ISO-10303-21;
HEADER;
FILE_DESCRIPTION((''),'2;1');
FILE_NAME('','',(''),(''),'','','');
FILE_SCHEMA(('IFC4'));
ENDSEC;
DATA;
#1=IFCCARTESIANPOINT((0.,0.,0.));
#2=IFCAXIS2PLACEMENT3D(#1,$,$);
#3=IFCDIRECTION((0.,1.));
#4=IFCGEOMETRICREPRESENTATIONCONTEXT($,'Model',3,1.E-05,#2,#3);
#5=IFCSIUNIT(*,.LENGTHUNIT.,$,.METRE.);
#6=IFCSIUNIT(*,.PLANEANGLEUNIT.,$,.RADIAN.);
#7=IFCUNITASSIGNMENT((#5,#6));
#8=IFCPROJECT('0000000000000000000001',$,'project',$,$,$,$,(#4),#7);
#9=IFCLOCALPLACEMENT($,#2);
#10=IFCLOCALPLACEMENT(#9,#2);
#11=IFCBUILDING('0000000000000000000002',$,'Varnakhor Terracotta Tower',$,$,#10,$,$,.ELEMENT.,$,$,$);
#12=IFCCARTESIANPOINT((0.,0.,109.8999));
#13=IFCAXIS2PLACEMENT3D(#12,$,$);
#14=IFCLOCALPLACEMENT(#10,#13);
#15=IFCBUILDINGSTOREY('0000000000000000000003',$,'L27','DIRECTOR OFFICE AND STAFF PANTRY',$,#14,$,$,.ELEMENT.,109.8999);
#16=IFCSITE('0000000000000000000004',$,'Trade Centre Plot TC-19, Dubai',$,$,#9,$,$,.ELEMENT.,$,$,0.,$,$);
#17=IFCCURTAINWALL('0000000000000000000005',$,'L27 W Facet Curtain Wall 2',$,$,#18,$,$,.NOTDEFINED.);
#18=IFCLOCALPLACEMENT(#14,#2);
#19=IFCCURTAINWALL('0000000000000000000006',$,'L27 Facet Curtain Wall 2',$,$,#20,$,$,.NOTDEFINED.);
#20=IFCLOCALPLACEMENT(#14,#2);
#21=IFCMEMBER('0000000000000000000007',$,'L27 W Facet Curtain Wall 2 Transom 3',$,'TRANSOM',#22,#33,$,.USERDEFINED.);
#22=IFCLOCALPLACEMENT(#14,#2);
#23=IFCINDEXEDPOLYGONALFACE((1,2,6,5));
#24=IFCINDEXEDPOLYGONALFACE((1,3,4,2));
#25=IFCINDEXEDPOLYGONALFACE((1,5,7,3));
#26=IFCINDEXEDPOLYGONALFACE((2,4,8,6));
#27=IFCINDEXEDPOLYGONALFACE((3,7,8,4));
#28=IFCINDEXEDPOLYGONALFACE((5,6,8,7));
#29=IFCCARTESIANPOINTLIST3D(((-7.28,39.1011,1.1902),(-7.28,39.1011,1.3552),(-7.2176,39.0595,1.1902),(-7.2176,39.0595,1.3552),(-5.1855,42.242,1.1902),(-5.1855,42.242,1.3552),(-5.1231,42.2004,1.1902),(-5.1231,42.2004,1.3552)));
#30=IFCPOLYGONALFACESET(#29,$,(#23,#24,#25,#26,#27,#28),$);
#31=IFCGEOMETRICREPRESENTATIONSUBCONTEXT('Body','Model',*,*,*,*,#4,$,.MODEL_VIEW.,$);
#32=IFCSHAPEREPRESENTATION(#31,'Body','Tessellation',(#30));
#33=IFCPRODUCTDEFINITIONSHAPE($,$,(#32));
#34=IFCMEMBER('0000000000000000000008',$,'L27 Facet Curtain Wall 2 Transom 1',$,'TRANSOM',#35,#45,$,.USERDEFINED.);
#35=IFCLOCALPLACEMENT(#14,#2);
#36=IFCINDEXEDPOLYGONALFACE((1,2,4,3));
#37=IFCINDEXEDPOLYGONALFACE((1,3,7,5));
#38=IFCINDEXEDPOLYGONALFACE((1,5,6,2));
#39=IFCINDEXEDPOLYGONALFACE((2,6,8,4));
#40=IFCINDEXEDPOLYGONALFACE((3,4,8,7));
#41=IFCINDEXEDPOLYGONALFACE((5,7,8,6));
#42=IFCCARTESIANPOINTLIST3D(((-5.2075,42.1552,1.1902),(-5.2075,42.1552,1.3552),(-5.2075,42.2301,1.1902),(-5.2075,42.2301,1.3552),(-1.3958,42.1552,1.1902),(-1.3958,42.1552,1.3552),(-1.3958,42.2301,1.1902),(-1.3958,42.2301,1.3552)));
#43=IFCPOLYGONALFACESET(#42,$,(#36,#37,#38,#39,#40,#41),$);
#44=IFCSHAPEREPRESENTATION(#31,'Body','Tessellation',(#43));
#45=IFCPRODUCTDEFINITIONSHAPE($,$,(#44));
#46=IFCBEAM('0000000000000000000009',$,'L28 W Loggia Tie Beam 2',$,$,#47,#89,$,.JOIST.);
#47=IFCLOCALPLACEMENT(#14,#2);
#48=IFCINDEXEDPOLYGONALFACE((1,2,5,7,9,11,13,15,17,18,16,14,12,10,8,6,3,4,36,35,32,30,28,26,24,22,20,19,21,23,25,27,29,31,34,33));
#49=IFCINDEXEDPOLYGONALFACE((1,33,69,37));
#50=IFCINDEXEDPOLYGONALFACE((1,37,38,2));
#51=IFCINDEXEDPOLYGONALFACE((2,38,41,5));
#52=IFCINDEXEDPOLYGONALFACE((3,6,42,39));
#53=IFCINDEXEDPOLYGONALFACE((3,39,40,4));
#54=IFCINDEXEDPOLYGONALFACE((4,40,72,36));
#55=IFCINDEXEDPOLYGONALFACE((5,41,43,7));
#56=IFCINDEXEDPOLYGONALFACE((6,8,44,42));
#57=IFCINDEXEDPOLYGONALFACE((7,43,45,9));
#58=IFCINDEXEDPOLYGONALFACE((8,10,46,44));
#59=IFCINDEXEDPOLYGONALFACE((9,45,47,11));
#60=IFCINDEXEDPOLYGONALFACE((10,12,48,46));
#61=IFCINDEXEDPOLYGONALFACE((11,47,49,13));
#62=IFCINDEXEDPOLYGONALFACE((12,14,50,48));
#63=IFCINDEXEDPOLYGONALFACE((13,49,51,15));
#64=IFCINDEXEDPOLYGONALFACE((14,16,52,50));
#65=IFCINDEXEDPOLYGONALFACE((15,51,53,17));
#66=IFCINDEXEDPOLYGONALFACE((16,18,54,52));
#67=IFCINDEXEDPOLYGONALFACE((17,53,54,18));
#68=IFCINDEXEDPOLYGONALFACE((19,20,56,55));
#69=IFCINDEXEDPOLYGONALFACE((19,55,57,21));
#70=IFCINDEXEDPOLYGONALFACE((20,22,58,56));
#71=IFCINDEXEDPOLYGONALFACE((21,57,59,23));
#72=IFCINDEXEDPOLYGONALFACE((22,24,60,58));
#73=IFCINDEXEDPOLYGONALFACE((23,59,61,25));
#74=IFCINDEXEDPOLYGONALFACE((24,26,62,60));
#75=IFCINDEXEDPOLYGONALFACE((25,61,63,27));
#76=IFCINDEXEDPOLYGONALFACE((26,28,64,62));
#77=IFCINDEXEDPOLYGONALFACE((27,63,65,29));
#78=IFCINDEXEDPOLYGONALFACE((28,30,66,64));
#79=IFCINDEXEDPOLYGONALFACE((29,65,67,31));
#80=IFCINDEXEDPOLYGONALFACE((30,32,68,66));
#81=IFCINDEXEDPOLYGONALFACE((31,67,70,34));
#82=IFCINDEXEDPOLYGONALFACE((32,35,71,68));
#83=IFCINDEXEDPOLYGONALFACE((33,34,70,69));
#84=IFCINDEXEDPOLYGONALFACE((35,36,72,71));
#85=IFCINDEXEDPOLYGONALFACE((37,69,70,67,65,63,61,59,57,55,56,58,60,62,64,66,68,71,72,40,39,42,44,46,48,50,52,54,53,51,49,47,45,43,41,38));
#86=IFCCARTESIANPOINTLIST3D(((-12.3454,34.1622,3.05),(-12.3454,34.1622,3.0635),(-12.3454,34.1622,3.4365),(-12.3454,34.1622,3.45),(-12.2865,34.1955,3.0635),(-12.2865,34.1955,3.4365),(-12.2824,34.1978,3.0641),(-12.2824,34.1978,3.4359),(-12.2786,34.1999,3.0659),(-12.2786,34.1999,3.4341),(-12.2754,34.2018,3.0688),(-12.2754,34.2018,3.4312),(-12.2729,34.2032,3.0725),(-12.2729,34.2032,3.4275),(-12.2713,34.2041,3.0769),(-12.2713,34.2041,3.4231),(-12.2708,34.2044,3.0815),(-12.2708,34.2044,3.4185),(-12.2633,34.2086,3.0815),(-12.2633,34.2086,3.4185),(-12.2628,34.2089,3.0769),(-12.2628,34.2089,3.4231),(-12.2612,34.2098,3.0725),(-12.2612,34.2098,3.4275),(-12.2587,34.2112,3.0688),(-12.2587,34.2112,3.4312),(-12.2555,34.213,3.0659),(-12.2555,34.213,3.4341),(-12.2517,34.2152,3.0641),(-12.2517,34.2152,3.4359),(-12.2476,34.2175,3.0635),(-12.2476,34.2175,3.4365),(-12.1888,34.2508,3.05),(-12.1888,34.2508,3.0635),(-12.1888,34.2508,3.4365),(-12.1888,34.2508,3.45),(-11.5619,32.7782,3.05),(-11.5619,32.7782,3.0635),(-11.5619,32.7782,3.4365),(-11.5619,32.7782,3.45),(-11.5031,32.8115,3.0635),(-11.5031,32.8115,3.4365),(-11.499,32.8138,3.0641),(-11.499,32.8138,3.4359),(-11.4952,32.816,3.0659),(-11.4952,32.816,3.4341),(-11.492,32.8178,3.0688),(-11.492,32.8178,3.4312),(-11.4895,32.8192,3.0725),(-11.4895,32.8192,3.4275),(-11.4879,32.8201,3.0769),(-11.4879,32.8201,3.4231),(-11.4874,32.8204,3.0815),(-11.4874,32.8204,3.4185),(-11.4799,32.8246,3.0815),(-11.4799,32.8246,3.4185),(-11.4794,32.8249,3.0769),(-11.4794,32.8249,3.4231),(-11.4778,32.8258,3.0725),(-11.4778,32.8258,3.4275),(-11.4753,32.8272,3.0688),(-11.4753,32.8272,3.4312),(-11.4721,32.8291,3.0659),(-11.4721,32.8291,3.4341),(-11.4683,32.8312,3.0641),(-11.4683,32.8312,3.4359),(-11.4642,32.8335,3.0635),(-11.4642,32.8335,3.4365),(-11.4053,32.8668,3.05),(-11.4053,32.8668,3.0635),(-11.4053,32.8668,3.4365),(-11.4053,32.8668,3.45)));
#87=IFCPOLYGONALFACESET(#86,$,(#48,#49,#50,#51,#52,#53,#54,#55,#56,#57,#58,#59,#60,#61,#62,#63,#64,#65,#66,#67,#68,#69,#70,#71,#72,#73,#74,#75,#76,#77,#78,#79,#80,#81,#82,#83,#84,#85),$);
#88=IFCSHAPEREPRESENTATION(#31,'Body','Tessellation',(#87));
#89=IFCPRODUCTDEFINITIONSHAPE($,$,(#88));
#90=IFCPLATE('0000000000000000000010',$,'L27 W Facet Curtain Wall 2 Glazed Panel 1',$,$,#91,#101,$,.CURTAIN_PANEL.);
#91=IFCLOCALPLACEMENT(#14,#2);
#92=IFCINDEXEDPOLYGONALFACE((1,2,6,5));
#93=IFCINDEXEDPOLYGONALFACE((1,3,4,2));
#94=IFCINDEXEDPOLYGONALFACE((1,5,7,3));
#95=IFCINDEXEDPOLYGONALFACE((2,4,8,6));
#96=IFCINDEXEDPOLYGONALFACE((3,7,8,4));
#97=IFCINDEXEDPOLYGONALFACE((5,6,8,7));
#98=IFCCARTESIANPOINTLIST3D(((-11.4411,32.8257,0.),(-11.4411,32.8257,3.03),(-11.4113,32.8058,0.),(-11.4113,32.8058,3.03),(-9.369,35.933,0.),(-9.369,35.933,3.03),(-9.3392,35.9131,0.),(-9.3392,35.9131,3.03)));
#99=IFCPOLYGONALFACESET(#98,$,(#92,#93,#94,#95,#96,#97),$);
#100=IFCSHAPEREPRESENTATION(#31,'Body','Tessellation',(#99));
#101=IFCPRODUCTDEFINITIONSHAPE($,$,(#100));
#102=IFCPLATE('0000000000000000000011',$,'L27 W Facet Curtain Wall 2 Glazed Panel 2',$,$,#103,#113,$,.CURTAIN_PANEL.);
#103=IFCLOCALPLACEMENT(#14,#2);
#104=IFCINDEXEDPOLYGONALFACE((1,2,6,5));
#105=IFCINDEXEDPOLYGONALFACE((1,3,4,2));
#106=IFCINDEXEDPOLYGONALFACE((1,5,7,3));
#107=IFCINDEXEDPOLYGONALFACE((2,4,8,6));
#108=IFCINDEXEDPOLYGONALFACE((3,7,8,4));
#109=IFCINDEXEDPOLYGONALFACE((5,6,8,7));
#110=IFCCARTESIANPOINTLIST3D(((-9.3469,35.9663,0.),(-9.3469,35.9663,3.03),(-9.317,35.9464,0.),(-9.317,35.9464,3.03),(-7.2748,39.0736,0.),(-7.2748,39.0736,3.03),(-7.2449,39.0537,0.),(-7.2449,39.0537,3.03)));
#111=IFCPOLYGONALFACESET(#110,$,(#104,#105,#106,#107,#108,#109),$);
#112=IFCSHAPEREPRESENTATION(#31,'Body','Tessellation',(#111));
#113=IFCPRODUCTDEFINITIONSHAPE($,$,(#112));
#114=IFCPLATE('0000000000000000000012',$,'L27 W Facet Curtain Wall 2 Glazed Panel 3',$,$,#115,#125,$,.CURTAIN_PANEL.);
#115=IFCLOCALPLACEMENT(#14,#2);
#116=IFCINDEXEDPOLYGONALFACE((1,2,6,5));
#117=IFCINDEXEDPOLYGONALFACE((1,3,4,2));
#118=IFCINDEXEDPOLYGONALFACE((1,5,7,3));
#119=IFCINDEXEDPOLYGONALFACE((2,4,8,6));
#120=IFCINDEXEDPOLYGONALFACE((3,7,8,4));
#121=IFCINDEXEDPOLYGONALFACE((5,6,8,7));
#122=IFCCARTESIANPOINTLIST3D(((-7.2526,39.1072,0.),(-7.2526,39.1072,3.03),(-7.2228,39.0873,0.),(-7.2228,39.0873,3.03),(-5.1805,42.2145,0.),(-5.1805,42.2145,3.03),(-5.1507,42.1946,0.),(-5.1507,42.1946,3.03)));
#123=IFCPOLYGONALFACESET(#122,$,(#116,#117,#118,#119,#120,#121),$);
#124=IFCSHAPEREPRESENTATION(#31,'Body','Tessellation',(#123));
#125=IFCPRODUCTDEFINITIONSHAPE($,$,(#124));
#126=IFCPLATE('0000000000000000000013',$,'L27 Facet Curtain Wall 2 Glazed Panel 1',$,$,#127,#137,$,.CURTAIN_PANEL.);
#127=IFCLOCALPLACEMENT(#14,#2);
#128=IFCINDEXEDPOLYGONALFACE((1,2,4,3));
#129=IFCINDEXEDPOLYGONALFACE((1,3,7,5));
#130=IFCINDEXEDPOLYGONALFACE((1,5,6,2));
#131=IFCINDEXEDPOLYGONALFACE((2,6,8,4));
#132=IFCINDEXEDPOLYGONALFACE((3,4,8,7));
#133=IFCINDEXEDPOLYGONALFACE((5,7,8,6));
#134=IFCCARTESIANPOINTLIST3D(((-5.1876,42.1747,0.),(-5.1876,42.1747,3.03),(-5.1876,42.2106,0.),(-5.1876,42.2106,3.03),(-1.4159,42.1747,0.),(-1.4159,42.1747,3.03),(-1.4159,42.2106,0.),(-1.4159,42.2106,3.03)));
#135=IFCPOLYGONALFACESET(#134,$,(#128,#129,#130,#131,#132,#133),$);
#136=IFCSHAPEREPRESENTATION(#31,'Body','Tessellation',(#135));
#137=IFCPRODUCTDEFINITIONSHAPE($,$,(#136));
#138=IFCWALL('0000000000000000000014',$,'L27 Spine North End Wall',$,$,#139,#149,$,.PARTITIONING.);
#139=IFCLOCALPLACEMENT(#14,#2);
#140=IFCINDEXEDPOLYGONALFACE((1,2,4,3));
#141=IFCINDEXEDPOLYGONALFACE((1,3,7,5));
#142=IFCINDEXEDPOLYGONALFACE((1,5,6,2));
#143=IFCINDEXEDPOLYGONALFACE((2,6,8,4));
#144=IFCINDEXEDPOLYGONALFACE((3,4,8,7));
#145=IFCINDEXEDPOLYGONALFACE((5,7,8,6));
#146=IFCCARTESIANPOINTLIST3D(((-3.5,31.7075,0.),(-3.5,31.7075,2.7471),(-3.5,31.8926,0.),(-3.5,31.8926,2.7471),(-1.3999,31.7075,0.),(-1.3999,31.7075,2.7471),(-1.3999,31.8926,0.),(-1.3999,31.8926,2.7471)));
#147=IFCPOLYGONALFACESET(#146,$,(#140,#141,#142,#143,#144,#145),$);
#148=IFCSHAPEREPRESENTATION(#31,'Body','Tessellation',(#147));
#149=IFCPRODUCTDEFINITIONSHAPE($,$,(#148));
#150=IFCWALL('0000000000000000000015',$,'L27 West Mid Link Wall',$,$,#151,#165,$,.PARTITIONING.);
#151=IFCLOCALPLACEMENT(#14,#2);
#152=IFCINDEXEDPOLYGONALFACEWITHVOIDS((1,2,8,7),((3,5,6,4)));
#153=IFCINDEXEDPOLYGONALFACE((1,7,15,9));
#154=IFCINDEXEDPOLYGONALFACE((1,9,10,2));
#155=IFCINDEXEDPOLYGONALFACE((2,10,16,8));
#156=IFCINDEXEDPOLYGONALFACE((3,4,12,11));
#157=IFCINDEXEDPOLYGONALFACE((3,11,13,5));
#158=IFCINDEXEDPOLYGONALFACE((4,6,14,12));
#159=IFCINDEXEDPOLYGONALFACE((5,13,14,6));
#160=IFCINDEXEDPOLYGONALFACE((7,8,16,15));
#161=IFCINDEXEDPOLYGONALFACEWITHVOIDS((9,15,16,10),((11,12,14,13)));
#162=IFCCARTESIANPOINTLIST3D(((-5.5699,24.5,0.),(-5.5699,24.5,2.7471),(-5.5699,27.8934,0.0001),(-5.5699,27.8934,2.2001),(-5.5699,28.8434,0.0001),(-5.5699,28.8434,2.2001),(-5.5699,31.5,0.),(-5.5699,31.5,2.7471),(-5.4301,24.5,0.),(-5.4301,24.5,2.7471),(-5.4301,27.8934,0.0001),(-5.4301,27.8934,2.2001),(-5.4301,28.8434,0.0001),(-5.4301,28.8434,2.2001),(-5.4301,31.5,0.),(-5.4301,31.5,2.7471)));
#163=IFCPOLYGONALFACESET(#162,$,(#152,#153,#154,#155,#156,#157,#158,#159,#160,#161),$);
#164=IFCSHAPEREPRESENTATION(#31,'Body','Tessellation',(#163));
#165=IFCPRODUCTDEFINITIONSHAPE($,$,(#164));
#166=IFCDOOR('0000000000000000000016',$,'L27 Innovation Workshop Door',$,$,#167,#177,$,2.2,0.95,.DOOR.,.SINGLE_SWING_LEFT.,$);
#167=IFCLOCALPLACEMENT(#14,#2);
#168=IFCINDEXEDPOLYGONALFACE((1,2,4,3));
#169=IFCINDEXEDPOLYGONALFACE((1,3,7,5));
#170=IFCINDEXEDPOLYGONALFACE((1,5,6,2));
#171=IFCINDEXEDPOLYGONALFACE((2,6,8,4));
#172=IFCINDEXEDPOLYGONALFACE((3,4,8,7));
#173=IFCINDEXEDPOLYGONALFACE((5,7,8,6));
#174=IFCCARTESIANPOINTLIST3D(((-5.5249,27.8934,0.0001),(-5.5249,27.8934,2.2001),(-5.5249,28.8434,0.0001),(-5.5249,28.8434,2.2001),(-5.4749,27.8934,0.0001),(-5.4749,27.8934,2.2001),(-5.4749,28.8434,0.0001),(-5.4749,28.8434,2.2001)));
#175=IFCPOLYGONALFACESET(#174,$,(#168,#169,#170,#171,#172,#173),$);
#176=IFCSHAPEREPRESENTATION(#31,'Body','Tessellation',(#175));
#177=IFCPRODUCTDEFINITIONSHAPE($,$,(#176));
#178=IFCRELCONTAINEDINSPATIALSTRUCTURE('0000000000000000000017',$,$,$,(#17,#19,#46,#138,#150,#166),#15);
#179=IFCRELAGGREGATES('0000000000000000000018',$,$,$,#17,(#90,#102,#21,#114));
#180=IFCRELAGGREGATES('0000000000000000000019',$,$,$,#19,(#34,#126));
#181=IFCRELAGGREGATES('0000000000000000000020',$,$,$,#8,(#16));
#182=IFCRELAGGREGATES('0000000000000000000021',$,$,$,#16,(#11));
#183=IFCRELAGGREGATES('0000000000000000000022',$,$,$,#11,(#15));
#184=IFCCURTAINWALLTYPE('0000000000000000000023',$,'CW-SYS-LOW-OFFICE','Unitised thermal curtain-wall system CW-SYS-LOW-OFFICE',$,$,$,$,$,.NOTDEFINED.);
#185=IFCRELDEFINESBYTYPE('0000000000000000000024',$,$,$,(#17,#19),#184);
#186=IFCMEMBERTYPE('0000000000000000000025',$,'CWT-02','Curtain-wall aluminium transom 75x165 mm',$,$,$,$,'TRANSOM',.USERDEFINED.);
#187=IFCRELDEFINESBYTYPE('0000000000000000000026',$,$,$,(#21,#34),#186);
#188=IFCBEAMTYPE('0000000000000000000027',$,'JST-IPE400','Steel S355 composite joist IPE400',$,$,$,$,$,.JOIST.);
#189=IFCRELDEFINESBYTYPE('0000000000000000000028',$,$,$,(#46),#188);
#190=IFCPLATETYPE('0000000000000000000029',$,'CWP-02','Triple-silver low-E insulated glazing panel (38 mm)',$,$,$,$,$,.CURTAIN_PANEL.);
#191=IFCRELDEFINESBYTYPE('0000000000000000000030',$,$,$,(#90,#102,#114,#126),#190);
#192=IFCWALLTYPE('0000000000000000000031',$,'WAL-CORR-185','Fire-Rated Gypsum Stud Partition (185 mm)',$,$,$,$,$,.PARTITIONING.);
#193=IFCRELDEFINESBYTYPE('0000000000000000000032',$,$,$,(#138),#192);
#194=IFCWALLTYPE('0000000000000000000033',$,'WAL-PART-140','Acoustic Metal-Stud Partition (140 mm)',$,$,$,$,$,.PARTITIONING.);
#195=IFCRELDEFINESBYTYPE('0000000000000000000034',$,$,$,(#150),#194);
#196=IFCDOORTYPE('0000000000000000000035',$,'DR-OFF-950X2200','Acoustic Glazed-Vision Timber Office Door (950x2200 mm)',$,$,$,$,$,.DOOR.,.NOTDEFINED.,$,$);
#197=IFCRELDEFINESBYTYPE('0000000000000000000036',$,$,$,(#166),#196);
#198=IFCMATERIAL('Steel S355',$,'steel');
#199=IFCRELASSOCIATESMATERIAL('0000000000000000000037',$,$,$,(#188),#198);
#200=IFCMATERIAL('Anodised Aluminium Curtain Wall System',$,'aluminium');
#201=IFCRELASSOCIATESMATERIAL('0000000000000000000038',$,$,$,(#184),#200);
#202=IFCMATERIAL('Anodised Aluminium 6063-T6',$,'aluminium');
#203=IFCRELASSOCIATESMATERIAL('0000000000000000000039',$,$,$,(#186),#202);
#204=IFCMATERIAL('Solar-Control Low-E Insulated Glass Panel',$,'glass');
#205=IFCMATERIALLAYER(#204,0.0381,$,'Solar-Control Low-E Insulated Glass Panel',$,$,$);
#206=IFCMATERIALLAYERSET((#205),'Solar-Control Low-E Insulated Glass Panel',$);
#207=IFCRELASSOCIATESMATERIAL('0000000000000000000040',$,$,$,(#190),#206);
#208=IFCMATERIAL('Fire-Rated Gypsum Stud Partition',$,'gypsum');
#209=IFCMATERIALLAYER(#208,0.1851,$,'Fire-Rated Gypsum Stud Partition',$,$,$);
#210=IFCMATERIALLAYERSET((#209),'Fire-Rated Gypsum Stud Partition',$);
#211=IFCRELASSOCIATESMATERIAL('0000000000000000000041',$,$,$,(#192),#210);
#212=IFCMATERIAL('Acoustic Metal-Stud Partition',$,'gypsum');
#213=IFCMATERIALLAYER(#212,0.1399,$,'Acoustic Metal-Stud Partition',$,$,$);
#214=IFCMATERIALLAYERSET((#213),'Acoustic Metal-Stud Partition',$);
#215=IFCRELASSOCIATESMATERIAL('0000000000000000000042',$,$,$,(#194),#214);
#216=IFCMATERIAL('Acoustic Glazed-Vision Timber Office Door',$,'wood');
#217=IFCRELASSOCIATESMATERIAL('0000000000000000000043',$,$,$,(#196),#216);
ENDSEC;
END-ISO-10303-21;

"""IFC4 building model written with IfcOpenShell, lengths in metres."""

from ifc_helpers import new_model, si_unit, direction, frame, frame_2d, origin, origin_2d, place, context, subcontext, project, spatial, rectangle, i_section, extrude, source, transform, mapped, material, layer, layer_set, material_profile, profile_set, type_object, type_shapes, element, fill, aggregate, save


model = new_model("IFC4")

# Units and contexts
model_context = context("Model", 3, precision=1e-05, world=origin(), true_north=direction((0.0, 1.0)))
body_context = subcontext(model_context, "Body", "Model", "MODEL_VIEW")
ifc_project = project(units=[si_unit("LENGTHUNIT", "METRE"), si_unit("PLANEANGLEUNIT", "RADIAN")], contexts=[model_context])

# Site, building, storey
site_placement = place(None, origin())
site = spatial("IfcSite", under=ifc_project, at=site_placement, Name="Trade Centre Plot TC-19, Dubai", CompositionType="ELEMENT", RefElevation=0.0)
building_placement = place(site_placement, origin())
building = spatial("IfcBuilding", under=site, at=building_placement, Name="Varnakhor Terracotta Tower", CompositionType="ELEMENT")
storey_placement = place(building_placement, frame((0.0, 0.0, 109.8999)))
storey = spatial("IfcBuildingStorey", under=building, at=storey_placement, Name="L27", Description="DIRECTOR OFFICE AND STAFF PANTRY", CompositionType="ELEMENT", Elevation=109.8999)

# Shared definitions
ifc_material_1 = material(Name="Steel S355", Category="steel")
ifc_material_profile_1 = material_profile(ifc_material_1, i_section(OverallWidth=0.1799, OverallDepth=0.3999, WebThickness=0.0085, FlangeThickness=0.0134, FilletRadius=0.0181, at=origin_2d()), Name="IPE400")
ifc_profile_set_1 = profile_set([ifc_material_profile_1], Name="Steel S355")
beam_type_1 = type_object("IfcBeamType", Name="JST-IPE400", Description="Steel S355 composite joist IPE400", PredefinedType="JOIST", material=ifc_profile_set_1)

# Curtain wall
ifc_material_2 = material(Name="Anodised Aluminium Curtain Wall System", Category="aluminium")
curtain_wall_type = type_object("IfcCurtainWallType", Name="CW-SYS-LOW-OFFICE", Description="Unitised thermal curtain-wall system CW-SYS-LOW-OFFICE", PredefinedType="NOTDEFINED", material=ifc_material_2)
curtain_wall_1_placement = place(storey_placement, origin())
curtain_wall_1 = element("IfcCurtainWall", 1, at=curtain_wall_1_placement, inside=storey, type_object=curtain_wall_type, Name="L27 W Facet Curtain Wall 2", PredefinedType="NOTDEFINED")
ifc_material_3 = material(Name="Anodised Aluminium 6063-T6", Category="aluminium")

# Curtain wall
curtain_wall_2_placement = place(storey_placement, origin())
curtain_wall_2 = element("IfcCurtainWall", 2, at=curtain_wall_2_placement, inside=storey, type_object=curtain_wall_type, Name="L27 Facet Curtain Wall 2", PredefinedType="NOTDEFINED")

# Members
ifc_material_profile_2 = material_profile(ifc_material_3, rectangle(XDim=0.075, YDim=0.165, at=origin_2d()), Name="ALU TRANSOM 75x165")
ifc_profile_set_2 = profile_set([ifc_material_profile_2], Name="Anodised Aluminium 6063-T6")
member_type_1 = type_object("IfcMemberType", Name="CWT-02", Description="Curtain-wall aluminium transom 75x165 mm", ElementType="TRANSOM", PredefinedType="USERDEFINED", material=ifc_profile_set_2)
shared_shape_1 = source(origin(), body_context, "Body", "SweptSolid", [
    extrude(rectangle(XDim=0.075, YDim=0.165, at=origin_2d()), origin(), (0.0, 0.0, 1.0), 3.7751),
])
member_1_placement = place(storey_placement, frame((-7.2488, 39.0803, 1.2727), z_axis=(0.554805, 0.831981, 0.0), x_axis=(-0.831981, 0.554805, 0.0)))
member_1 = element("IfcMember", 3, at=member_1_placement, type_object=member_type_1, Name="L27 W Facet Curtain Wall 2 Transom 3", ObjectType="TRANSOM", PredefinedType="USERDEFINED", context=body_context, shape_type="MappedRepresentation", body=[
    mapped(shared_shape_1, transform((0.0, 0.0, 0.0), scale=1.0)),
])
shared_shape_2 = source(origin(), body_context, "Body", "SweptSolid", [
    extrude(rectangle(XDim=0.075, YDim=0.165, at=origin_2d()), origin(), (0.0, 0.0, 1.0), 3.8118),
])
member_2_placement = place(storey_placement, frame((-5.2075, 42.1926, 1.2727), z_axis=(1.0, 0.0, 0.0), x_axis=(0.0, 1.0, 0.0)))
member_2 = element("IfcMember", 4, at=member_2_placement, type_object=member_type_1, Name="L27 Facet Curtain Wall 2 Transom 1", ObjectType="TRANSOM", PredefinedType="USERDEFINED", context=body_context, shape_type="MappedRepresentation", body=[
    mapped(shared_shape_2, transform((0.0, 0.0, 0.0), scale=1.0)),
])

# Beam
shared_shape_3 = source(origin(), body_context, "Body", "SweptSolid", [
    extrude(i_section(OverallWidth=0.1799, OverallDepth=0.3999, WebThickness=0.0085, FlangeThickness=0.0134, FilletRadius=0.0181, at=origin_2d()), origin(), (0.0, 0.0, 1.0), 1.5903),
])
beam_1_placement = place(storey_placement, frame((-11.4836, 32.8225, 3.25), z_axis=(-0.492614, 0.870248, 0.0), x_axis=(-0.870248, -0.492614, 0.0)))
element("IfcBeam", 5, at=beam_1_placement, inside=storey, type_object=beam_type_1, Name="L28 W Loggia Tie Beam 2", PredefinedType="JOIST", context=body_context, shape_type="MappedRepresentation", body=[
    mapped(shared_shape_3, transform((0.0, 0.0, 0.0), scale=1.0)),
])

# Plates
ifc_material_4 = material(Name="Solar-Control Low-E Insulated Glass Panel", Category="glass")
ifc_layer_1 = layer(ifc_material_4, 0.0381, Name="Solar-Control Low-E Insulated Glass Panel")
ifc_layer_set_1 = layer_set([ifc_layer_1], Name="Solar-Control Low-E Insulated Glass Panel")
plate_type = type_object("IfcPlateType", Name="CWP-02", Description="Triple-silver low-E insulated glazing panel (38 mm)", PredefinedType="CURTAIN_PANEL", material=ifc_layer_set_1)
shared_shape_4 = source(origin(), body_context, "Body", "SweptSolid", [
    extrude(rectangle(XDim=3.7349, YDim=0.0359, at=origin_2d()), origin(), (0.0, 0.0, 1.0), 3.03),
])
plate_1_placement = place(storey_placement, frame((-10.3901, 34.3694, 0.0), z_axis=(0.0, 0.0, 1.0), x_axis=(0.554801, 0.831983, 0.0)))
plate_1 = element("IfcPlate", 6, at=plate_1_placement, type_object=plate_type, Name="L27 W Facet Curtain Wall 2 Glazed Panel 1", PredefinedType="CURTAIN_PANEL", context=body_context, shape_type="MappedRepresentation", body=[
    mapped(shared_shape_4, transform((0.0, 0.0, 0.0), scale=1.0)),
])
plate_2_placement = place(storey_placement, frame((-8.2959, 37.51, 0.0), z_axis=(0.0, 0.0, 1.0), x_axis=(0.554801, 0.831983, 0.0)))
plate_2 = element("IfcPlate", 7, at=plate_2_placement, type_object=plate_type, Name="L27 W Facet Curtain Wall 2 Glazed Panel 2", PredefinedType="CURTAIN_PANEL", context=body_context, shape_type="MappedRepresentation", body=[
    mapped(shared_shape_4, transform((0.0, 0.0, 0.0), scale=1.0)),
])
plate_3_placement = place(storey_placement, frame((-6.2017, 40.6509, 0.0), z_axis=(0.0, 0.0, 1.0), x_axis=(0.554801, 0.831983, 0.0)))
plate_3 = element("IfcPlate", 8, at=plate_3_placement, type_object=plate_type, Name="L27 W Facet Curtain Wall 2 Glazed Panel 3", PredefinedType="CURTAIN_PANEL", context=body_context, shape_type="MappedRepresentation", body=[
    mapped(shared_shape_4, transform((0.0, 0.0, 0.0), scale=1.0)),
])
aggregate(curtain_wall_1, [plate_1, plate_2, member_1, plate_3])
shared_shape_5 = source(origin(), body_context, "Body", "SweptSolid", [
    extrude(rectangle(XDim=3.7717, YDim=0.0359, at=origin_2d()), origin(), (0.0, 0.0, 1.0), 3.03),
])
plate_4_placement = place(storey_placement, frame((-3.3018, 42.1926, 0.0), z_axis=(0.0, 0.0, 1.0), x_axis=(1.0, 0.0, 0.0)))
plate_4 = element("IfcPlate", 9, at=plate_4_placement, type_object=plate_type, Name="L27 Facet Curtain Wall 2 Glazed Panel 1", PredefinedType="CURTAIN_PANEL", context=body_context, shape_type="MappedRepresentation", body=[
    mapped(shared_shape_5, transform((0.0, 0.0, 0.0), scale=1.0)),
])
aggregate(curtain_wall_2, [member_2, plate_4])

# Wall
ifc_material_5 = material(Name="Fire-Rated Gypsum Stud Partition", Category="gypsum")
ifc_layer_2 = layer(ifc_material_5, 0.1851, Name="Fire-Rated Gypsum Stud Partition")
ifc_layer_set_2 = layer_set([ifc_layer_2], Name="Fire-Rated Gypsum Stud Partition")
wall_type_1 = type_object("IfcWallType", Name="WAL-CORR-185", Description="Fire-Rated Gypsum Stud Partition (185 mm)", PredefinedType="PARTITIONING", material=ifc_layer_set_2)
wall_1_placement = place(storey_placement, frame((-3.5, 31.8, 0.0), z_axis=(0.0, 0.0, 1.0), x_axis=(1.0, 0.0, 0.0)))
element("IfcWall", 10, at=wall_1_placement, inside=storey, type_object=wall_type_1, Name="L27 Spine North End Wall", PredefinedType="PARTITIONING", context=body_context, shape_type="SweptSolid", body=[
    extrude(rectangle(XDim=2.1001, YDim=0.1851, at=frame_2d((1.05, 0.0))), origin(), (0.0, 0.0, 1.0), 2.7471),
])

# Wall, opening, door
ifc_material_6 = material(Name="Acoustic Metal-Stud Partition", Category="gypsum")
ifc_layer_3 = layer(ifc_material_6, 0.1399, Name="Acoustic Metal-Stud Partition")
ifc_layer_set_3 = layer_set([ifc_layer_3], Name="Acoustic Metal-Stud Partition")
wall_type_2 = type_object("IfcWallType", Name="WAL-PART-140", Description="Acoustic Metal-Stud Partition (140 mm)", PredefinedType="PARTITIONING", material=ifc_layer_set_3)
wall_2_placement = place(storey_placement, frame((-5.5, 24.5, 0.0), z_axis=(0.0, 0.0, 1.0), x_axis=(0.0, 1.0, 0.0)))
wall_2 = element("IfcWall", 11, at=wall_2_placement, inside=storey, type_object=wall_type_2, Name="L27 West Mid Link Wall", PredefinedType="PARTITIONING", context=body_context, shape_type="SweptSolid", body=[
    extrude(rectangle(XDim=7.0, YDim=0.1399, at=frame_2d((3.5, 0.0))), origin(), (0.0, 0.0, 1.0), 2.7471),
])
opening_1_placement = place(wall_2_placement, frame((3.3933, 0.0, 0.0)))
opening_1 = element("IfcOpeningElement", 12, at=opening_1_placement, cuts=wall_2, PredefinedType="OPENING", context=body_context, shape_type="SweptSolid", body=[
    extrude(rectangle(XDim=0.95, YDim=2.2, at=frame_2d((0.4751, 1.1001))), frame((0.0, 0.0801, 0.0), z_axis=(0.0, -1.0, 0.0), x_axis=(1.0, 0.0, 0.0)), (0.0, 0.0, 1.0), 0.1599),
])
ifc_material_7 = material(Name="Acoustic Glazed-Vision Timber Office Door", Category="wood")
door_type = type_object("IfcDoorType", Name="DR-OFF-950X2200", Description="Acoustic Glazed-Vision Timber Office Door (950x2200 mm)", OperationType="NOTDEFINED", PredefinedType="DOOR", material=ifc_material_7)
shared_shape_6 = source(origin(), body_context, "Body", "SweptSolid", [
    extrude(rectangle(XDim=0.95, YDim=2.2, at=frame_2d((0.4751, 1.1001))), frame((0.0, 0.0249, 0.0), z_axis=(0.0, -1.0, 0.0), x_axis=(1.0, 0.0, 0.0)), (0.0, 0.0, 1.0), 0.05),
])
type_shapes(door_type, [shared_shape_6])
door_1_placement = place(opening_1_placement, origin())
door_1 = element("IfcDoor", 13, at=door_1_placement, inside=storey, type_object=door_type, Name="L27 Innovation Workshop Door", OperationType="SINGLE_SWING_LEFT", OverallHeight=2.2, OverallWidth=0.95, PredefinedType="DOOR", context=body_context, shape_type="MappedRepresentation", body=[
    mapped(shared_shape_6, transform((0.0, 0.0, 0.0), scale=1.0)),
])
fill(opening_1, door_1)

save(model, "model.ifc")
